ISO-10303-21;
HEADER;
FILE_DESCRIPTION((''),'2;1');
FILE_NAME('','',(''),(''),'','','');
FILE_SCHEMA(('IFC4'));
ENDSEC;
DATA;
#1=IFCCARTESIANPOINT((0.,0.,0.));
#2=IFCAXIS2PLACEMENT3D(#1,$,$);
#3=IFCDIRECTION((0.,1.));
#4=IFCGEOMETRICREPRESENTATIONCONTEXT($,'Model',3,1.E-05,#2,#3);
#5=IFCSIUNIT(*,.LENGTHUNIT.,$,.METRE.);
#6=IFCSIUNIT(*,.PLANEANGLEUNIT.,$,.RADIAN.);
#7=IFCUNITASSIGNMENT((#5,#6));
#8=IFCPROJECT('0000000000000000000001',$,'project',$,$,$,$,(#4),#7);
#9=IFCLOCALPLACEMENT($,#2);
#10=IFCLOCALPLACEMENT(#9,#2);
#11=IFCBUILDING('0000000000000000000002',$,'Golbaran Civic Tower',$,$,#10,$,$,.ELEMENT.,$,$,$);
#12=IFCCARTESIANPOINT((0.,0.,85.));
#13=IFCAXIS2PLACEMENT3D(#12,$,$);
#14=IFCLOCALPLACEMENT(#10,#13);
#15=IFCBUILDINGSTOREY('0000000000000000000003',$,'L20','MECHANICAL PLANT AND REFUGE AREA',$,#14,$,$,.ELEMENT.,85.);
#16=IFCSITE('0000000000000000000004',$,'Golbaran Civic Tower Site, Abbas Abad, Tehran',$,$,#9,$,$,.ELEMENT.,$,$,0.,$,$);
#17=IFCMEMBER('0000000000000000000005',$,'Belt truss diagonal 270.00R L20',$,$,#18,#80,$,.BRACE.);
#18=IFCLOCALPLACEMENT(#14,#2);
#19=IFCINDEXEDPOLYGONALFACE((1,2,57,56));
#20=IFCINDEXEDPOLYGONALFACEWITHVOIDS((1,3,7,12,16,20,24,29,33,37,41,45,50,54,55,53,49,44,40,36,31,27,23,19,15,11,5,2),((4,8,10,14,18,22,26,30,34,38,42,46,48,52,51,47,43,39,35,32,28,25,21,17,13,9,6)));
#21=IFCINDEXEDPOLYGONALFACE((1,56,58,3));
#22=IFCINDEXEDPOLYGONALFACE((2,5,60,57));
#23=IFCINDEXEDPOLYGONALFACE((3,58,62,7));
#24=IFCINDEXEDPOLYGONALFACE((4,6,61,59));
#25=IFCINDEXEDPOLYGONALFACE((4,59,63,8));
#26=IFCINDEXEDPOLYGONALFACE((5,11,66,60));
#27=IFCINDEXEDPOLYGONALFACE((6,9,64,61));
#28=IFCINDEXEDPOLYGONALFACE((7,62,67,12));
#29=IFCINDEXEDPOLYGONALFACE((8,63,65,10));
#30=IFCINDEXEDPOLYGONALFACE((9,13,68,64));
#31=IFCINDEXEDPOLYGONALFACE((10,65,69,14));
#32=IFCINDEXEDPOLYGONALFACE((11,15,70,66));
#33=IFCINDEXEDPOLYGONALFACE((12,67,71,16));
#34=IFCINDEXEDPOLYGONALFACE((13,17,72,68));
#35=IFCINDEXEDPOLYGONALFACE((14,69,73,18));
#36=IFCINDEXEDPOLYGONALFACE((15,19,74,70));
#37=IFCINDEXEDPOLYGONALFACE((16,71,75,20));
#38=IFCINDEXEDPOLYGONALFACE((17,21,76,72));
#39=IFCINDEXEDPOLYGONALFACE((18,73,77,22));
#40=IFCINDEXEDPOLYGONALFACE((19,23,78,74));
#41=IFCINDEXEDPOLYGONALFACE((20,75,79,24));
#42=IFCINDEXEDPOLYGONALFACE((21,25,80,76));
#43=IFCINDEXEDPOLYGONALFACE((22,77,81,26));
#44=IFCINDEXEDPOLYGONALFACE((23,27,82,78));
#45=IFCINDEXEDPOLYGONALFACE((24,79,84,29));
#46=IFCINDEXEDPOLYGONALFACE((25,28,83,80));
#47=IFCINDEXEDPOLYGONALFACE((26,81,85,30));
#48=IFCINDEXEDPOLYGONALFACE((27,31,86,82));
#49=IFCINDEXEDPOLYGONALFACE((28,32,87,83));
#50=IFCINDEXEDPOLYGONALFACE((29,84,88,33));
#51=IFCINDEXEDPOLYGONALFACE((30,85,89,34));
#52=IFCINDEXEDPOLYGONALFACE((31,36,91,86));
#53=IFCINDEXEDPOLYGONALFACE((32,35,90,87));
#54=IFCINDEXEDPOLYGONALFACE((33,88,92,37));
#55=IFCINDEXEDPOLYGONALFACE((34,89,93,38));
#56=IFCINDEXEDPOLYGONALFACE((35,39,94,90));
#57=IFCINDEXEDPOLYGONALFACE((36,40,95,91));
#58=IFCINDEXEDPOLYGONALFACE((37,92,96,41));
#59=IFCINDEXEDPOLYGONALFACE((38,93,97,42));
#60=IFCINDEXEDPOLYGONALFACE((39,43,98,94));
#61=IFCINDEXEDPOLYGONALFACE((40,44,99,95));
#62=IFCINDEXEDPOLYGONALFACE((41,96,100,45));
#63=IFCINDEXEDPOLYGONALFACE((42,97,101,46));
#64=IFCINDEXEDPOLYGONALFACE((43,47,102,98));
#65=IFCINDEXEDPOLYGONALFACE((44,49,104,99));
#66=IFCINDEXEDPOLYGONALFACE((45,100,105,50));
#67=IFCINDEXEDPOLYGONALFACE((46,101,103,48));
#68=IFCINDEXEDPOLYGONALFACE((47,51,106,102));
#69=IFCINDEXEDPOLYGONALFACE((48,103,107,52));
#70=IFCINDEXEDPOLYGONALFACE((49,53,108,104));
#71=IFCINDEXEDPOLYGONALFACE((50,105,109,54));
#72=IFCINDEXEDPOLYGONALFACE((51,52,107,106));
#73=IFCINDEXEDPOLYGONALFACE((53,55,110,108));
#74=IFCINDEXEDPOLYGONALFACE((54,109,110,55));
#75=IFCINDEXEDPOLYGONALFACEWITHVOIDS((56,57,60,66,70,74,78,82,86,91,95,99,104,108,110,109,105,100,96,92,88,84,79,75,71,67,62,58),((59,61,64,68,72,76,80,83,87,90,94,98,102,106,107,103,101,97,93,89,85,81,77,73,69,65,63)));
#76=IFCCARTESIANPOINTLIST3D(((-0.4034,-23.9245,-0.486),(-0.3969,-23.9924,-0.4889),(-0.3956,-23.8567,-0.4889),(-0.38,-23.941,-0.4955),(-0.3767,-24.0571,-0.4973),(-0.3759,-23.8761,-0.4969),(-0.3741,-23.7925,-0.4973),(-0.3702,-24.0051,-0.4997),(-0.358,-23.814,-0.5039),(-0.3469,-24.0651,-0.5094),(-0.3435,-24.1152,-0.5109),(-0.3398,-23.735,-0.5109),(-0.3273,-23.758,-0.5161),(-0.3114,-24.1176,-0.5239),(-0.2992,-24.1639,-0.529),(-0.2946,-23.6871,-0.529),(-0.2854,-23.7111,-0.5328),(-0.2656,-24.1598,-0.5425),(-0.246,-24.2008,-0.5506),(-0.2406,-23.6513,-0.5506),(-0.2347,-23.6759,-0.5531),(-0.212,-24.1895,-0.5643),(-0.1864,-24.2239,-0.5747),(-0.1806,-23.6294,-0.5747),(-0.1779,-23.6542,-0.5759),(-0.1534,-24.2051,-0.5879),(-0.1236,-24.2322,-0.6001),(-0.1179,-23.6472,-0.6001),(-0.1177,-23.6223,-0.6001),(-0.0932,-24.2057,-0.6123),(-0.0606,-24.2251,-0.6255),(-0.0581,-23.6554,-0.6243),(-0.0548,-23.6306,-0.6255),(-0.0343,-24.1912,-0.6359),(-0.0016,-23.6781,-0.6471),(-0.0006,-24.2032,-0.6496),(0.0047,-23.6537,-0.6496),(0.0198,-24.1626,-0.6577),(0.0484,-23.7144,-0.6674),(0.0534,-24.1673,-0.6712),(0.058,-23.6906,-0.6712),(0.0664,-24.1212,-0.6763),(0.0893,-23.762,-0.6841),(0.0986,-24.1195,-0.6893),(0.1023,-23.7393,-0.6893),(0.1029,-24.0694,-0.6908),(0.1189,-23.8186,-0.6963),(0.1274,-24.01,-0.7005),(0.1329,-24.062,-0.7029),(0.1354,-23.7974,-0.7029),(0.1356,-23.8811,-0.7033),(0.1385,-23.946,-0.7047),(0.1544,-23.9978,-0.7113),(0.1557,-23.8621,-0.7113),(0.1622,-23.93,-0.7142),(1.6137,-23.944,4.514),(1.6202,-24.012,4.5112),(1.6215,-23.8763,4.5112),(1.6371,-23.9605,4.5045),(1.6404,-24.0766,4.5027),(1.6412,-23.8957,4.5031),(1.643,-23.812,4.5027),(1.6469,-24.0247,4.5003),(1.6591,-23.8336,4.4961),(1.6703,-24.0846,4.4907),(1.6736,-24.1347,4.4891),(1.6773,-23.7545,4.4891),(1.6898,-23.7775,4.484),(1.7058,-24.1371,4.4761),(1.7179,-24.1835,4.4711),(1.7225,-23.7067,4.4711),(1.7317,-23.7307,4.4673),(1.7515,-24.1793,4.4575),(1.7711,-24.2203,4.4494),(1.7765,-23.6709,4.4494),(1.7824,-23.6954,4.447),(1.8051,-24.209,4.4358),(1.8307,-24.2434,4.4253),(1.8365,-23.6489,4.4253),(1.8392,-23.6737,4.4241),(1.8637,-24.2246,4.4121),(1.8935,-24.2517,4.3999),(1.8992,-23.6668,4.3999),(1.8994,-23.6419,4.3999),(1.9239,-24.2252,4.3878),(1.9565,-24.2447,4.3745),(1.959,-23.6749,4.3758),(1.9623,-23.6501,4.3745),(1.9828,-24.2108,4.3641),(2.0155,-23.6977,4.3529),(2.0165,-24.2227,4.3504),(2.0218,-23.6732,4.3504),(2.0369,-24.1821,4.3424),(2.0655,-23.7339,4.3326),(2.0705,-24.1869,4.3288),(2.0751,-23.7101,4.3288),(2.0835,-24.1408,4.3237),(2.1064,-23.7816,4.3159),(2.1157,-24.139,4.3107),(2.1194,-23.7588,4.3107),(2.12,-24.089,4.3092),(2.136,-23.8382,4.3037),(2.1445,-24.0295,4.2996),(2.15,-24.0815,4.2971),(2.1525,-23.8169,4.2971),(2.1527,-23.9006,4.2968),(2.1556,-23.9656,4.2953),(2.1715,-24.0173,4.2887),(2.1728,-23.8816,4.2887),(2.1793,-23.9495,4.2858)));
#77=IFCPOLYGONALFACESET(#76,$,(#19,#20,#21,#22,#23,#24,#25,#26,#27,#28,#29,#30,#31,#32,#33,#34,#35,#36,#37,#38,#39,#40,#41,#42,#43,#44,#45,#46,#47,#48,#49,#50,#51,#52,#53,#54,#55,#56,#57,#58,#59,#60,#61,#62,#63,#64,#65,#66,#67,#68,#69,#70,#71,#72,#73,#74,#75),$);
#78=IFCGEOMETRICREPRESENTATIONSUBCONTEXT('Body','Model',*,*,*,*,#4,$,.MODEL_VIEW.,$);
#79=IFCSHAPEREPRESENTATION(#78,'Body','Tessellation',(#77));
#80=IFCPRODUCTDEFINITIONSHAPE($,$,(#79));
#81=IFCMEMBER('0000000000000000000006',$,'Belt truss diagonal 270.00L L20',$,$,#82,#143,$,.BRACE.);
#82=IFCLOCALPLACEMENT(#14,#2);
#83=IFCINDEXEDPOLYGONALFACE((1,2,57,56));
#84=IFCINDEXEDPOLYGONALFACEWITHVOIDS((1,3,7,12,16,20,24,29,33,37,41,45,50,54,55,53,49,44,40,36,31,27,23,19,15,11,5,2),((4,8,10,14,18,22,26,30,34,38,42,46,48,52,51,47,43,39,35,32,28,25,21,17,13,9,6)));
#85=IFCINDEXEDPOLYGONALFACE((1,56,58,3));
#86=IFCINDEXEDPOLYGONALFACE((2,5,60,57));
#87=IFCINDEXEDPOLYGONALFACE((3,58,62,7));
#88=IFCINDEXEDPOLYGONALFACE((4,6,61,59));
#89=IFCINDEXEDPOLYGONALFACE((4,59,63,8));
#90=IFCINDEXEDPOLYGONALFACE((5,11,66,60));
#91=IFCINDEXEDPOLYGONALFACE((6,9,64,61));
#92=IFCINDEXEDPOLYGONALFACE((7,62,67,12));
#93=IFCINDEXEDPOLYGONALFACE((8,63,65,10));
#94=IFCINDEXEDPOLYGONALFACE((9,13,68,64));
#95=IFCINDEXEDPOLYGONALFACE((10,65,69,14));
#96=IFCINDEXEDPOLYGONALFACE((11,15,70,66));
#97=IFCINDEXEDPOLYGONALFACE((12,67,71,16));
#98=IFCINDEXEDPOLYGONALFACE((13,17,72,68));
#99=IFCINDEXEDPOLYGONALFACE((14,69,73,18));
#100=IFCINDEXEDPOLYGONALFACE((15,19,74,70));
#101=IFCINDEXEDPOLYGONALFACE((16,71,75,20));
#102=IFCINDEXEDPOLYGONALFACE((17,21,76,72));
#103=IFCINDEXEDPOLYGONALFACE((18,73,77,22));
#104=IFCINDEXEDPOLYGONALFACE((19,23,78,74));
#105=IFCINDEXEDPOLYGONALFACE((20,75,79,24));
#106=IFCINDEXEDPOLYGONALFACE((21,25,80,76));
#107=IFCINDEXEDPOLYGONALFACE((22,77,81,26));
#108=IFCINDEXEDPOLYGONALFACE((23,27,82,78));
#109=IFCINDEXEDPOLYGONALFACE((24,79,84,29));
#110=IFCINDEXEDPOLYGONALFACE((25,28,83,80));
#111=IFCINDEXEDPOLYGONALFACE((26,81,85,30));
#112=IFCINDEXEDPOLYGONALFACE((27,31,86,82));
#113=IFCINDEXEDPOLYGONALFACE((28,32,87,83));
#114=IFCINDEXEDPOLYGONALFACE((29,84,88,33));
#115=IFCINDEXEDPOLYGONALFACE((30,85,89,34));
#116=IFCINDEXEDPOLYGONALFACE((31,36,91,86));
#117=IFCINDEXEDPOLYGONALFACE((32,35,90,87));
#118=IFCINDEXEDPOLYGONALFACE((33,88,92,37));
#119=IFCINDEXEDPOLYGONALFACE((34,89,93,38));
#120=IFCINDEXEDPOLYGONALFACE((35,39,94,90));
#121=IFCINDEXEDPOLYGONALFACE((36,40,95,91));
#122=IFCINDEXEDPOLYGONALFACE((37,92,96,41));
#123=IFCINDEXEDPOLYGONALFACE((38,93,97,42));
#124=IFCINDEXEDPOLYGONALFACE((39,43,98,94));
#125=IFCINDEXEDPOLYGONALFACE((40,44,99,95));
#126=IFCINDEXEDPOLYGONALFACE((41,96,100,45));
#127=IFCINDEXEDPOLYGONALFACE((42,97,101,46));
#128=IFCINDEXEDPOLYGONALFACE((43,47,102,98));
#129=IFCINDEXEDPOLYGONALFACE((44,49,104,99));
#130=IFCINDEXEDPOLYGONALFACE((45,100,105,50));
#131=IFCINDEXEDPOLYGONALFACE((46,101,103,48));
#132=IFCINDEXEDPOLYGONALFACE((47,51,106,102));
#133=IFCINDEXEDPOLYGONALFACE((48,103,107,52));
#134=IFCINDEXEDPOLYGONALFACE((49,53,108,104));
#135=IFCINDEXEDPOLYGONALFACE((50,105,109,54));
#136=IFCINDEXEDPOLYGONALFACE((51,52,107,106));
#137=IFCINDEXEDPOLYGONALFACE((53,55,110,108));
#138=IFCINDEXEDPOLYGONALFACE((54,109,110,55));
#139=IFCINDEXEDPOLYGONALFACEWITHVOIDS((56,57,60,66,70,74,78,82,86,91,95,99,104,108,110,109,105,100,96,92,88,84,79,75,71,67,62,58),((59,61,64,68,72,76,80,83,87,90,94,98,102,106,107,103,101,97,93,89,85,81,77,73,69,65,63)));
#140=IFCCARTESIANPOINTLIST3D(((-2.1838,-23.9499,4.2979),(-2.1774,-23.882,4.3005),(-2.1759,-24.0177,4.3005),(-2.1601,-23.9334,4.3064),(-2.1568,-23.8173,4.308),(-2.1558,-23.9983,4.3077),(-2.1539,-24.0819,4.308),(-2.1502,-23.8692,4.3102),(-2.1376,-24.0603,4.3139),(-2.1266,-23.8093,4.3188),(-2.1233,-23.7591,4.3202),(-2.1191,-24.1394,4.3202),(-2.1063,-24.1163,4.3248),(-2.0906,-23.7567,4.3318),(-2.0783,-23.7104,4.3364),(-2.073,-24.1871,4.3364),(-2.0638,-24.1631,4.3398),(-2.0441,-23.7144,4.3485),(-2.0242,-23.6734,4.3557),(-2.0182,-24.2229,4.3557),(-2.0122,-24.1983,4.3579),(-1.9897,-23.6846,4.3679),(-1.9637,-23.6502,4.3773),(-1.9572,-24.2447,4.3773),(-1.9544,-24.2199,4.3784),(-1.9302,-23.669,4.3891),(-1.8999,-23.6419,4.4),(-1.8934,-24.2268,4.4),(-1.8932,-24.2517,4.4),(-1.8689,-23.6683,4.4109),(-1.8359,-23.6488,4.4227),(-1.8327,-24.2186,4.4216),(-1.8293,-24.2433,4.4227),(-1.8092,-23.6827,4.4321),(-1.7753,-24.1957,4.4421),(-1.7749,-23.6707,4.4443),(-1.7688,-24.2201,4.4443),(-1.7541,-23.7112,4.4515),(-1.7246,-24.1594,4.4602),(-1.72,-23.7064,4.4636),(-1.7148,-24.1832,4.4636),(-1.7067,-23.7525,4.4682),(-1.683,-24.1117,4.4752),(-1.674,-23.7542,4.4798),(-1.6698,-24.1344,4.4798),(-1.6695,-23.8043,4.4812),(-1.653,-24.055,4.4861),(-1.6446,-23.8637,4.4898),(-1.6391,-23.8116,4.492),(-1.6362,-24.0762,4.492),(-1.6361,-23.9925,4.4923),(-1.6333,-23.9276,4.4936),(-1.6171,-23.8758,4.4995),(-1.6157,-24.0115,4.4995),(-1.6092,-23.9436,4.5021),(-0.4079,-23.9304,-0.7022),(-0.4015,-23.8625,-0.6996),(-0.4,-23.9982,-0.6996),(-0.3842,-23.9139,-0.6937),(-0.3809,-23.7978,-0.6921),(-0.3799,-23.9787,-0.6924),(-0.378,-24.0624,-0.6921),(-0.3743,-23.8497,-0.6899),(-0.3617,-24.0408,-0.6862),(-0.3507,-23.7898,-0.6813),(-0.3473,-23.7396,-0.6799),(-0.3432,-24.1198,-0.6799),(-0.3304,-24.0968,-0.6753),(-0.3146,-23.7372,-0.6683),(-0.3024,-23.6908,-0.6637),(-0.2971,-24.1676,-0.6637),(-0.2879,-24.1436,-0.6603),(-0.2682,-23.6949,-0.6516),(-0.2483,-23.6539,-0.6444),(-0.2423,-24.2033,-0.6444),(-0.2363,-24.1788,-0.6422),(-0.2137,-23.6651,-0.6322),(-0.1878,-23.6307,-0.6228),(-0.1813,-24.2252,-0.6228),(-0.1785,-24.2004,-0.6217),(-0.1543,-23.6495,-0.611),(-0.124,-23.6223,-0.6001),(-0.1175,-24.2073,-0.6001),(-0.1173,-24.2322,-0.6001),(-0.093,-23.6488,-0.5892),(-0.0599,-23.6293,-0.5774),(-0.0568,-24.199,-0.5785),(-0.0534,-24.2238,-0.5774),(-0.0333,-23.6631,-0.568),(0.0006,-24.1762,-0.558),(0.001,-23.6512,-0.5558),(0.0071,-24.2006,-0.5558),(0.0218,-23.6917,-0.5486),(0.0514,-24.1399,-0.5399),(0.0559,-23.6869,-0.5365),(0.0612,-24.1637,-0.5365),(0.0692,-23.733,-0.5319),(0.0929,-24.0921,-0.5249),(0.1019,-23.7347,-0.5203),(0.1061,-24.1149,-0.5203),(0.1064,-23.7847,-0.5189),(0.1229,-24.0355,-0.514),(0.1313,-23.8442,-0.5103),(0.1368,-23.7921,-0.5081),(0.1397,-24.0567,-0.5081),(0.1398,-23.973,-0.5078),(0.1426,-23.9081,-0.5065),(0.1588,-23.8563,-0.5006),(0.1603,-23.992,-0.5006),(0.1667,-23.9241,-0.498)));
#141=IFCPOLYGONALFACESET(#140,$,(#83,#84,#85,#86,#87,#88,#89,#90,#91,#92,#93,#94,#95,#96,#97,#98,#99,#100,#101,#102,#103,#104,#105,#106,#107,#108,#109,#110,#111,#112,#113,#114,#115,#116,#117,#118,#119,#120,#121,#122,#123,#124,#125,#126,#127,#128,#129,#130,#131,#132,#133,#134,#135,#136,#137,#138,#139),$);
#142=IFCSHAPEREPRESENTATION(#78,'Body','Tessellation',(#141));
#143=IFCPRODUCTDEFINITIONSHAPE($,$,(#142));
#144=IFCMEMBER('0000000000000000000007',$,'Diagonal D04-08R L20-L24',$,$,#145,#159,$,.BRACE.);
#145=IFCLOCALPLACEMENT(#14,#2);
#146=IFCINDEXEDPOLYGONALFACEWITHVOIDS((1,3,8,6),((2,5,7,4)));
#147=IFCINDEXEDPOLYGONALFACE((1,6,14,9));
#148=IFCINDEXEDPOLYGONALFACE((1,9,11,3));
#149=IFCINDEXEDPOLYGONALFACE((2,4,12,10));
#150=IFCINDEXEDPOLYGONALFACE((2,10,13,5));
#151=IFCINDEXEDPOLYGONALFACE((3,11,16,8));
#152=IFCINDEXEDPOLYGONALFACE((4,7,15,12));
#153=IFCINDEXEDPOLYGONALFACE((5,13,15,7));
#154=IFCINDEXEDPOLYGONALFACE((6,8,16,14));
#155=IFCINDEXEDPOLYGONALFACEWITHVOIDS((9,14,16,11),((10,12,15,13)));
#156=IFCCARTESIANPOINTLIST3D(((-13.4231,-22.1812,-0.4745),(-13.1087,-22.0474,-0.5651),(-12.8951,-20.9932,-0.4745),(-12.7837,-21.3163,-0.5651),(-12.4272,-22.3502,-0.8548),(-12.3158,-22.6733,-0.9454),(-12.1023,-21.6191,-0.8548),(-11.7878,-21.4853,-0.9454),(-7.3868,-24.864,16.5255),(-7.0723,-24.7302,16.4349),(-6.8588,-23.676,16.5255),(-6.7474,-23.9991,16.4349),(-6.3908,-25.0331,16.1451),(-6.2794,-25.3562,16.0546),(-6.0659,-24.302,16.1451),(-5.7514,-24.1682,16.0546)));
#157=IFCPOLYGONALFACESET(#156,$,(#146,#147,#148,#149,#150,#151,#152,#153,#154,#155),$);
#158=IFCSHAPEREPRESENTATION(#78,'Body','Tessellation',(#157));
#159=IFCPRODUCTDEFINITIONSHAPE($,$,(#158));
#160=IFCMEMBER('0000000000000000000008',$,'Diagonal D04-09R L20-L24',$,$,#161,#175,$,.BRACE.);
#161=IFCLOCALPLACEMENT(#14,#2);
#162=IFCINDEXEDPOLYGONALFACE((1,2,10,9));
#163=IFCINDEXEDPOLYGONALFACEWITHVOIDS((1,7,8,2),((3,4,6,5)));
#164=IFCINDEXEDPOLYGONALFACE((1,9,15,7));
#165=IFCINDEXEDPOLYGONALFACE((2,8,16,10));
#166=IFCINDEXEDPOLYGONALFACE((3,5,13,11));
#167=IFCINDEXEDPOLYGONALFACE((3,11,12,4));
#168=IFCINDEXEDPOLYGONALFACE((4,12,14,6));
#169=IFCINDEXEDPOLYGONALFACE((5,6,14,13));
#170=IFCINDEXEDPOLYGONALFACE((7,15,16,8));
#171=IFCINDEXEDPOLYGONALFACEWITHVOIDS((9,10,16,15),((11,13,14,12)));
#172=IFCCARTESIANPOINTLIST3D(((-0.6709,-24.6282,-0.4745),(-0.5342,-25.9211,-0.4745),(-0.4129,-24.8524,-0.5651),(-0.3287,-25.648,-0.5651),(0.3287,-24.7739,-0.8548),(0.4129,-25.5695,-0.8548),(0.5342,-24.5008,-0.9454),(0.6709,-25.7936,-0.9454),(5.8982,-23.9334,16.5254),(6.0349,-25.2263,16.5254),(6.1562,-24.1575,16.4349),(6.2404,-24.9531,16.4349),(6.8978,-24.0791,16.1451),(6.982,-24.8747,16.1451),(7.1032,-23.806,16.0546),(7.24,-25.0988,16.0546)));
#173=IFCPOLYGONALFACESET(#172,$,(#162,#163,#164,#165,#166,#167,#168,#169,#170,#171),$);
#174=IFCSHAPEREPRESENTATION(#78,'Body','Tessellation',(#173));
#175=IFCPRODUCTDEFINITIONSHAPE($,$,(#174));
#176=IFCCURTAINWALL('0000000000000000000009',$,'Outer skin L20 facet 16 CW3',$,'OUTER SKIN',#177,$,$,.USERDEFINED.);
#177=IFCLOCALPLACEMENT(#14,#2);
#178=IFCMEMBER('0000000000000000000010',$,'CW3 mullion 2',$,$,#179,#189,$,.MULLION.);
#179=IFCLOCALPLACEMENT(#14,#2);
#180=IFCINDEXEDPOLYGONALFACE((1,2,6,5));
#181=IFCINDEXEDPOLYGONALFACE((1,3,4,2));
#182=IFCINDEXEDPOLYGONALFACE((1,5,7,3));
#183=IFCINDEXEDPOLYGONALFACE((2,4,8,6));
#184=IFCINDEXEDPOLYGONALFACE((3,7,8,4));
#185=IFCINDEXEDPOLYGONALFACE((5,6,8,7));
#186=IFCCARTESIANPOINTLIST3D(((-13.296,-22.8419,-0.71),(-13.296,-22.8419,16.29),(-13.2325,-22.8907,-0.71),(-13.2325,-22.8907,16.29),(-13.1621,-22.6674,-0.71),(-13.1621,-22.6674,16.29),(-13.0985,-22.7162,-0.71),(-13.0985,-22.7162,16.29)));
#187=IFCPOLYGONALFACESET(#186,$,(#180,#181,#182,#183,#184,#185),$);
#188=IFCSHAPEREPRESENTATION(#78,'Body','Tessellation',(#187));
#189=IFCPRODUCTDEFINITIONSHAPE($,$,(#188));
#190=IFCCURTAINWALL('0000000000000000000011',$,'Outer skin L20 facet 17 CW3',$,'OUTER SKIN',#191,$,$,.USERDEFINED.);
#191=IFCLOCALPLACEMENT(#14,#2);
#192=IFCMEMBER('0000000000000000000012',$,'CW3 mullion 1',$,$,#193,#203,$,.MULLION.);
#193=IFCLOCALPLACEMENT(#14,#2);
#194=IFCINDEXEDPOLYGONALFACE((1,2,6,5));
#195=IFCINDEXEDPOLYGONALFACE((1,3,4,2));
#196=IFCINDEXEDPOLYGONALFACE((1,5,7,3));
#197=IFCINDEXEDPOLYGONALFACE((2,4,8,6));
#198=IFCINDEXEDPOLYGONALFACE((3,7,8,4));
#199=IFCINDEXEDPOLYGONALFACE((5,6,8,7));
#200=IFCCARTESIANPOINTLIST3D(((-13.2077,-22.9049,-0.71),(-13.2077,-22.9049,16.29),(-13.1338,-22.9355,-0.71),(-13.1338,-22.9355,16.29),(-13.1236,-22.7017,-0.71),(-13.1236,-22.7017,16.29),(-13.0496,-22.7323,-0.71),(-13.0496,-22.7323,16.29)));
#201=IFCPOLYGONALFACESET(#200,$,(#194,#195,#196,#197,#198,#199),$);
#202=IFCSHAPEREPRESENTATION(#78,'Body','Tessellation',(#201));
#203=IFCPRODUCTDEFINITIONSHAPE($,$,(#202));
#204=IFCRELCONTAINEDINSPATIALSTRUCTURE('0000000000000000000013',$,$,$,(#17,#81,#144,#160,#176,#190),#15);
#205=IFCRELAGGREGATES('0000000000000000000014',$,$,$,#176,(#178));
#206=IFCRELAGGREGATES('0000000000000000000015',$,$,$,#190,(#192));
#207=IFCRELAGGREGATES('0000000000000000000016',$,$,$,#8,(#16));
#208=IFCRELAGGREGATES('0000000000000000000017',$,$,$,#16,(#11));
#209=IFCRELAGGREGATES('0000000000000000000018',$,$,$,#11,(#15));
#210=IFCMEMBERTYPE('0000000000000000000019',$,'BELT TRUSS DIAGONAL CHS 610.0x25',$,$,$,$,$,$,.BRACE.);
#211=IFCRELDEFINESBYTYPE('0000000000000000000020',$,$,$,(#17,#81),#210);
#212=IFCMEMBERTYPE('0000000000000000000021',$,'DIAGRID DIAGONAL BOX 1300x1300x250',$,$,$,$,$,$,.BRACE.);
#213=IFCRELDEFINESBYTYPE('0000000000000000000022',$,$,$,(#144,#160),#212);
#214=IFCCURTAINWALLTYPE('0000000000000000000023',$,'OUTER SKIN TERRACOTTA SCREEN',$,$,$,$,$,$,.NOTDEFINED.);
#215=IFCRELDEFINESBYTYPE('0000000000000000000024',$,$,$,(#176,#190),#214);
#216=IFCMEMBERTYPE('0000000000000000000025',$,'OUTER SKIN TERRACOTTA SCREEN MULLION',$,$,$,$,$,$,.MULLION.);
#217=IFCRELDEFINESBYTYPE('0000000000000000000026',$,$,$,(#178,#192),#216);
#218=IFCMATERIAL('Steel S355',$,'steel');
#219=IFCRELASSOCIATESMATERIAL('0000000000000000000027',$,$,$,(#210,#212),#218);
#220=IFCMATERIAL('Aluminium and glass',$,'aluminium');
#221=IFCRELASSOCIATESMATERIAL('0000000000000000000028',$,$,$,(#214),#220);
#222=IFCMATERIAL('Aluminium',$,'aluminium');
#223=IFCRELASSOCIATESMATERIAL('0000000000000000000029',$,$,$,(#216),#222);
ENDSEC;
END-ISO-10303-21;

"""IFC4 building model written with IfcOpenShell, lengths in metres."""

from ifc_helpers import new_model, si_unit, direction, frame, origin, origin_2d, place, context, subcontext, project, spatial, rectangle, hollow_rectangle, hollow_circle, extrude, material, material_profile, profile_set, type_object, element, aggregate, save


model = new_model("IFC4")

# Units and contexts
model_context = context("Model", 3, precision=1e-05, world=origin(), true_north=direction((0.0, 1.0)))
body_context = subcontext(model_context, "Body", "Model", "MODEL_VIEW")
ifc_project = project(units=[si_unit("LENGTHUNIT", "METRE"), si_unit("PLANEANGLEUNIT", "RADIAN")], contexts=[model_context])

# Site, building, storey
site_placement = place(None, origin())
site = spatial("IfcSite", under=ifc_project, at=site_placement, Name="Golbaran Civic Tower Site, Abbas Abad, Tehran", CompositionType="ELEMENT", RefElevation=0.0)
building_placement = place(site_placement, origin())
building = spatial("IfcBuilding", under=site, at=building_placement, Name="Golbaran Civic Tower", CompositionType="ELEMENT")
storey_placement = place(building_placement, frame((0.0, 0.0, 85.0)))
storey = spatial("IfcBuildingStorey", under=building, at=storey_placement, Name="L20", Description="MECHANICAL PLANT AND REFUGE AREA", CompositionType="ELEMENT", Elevation=85.0)

# Members
ifc_material_1 = material(Name="Steel S355", Category="steel")
ifc_material_profile_1 = material_profile(ifc_material_1, hollow_circle(Radius=0.3049, WallThickness=0.0249, at=origin_2d()), Name="CHS 610.0x25")
ifc_profile_set_1 = profile_set([ifc_material_profile_1], Name="Steel S355")
member_type_1 = type_object("IfcMemberType", Name="BELT TRUSS DIAGONAL CHS 610.0x25", PredefinedType="BRACE", material=ifc_profile_set_1)
member_1_placement = place(storey_placement, frame((-0.1206, -23.9272, -0.6001), z_axis=(0.374119, -0.003623, 0.927374), x_axis=(0.009682, 0.999953, 0.0)))
element("IfcMember", 1, at=member_1_placement, inside=storey, type_object=member_type_1, Name="Belt truss diagonal 270.00R L20", PredefinedType="BRACE", context=body_context, shape_type="SweptSolid", body=[
    extrude(hollow_circle(Radius=0.3049, WallThickness=0.0249, at=origin_2d()), origin(), (0.0, 0.0, 1.0), 5.3916),
])
member_2_placement = place(storey_placement, frame((-0.1206, -23.9272, -0.6001), z_axis=(-0.33469, -0.003681, 0.942321), x_axis=(0.010997, -0.99994, 0.0)))
element("IfcMember", 2, at=member_2_placement, inside=storey, type_object=member_type_1, Name="Belt truss diagonal 270.00L L20", PredefinedType="BRACE", context=body_context, shape_type="SweptSolid", body=[
    extrude(hollow_circle(Radius=0.3049, WallThickness=0.0249, at=origin_2d()), origin(), (0.0, 0.0, 1.0), 5.3062),
])
ifc_material_profile_2 = material_profile(ifc_material_1, hollow_rectangle(XDim=1.3, YDim=1.3, WallThickness=0.25, at=origin_2d()), Name="BOX 1300x1300x250")
ifc_profile_set_2 = profile_set([ifc_material_profile_2], Name="Steel S355")
member_type_2 = type_object("IfcMemberType", Name="DIAGRID DIAGONAL BOX 1300x1300x250", PredefinedType="BRACE", material=ifc_profile_set_2)
for number, where, z_axis, x_axis, name in (
    (3, (-12.6055, -21.8333, -0.71), (0.330973, -0.1471, 0.932104), (0.406142, 0.91381, 0.0), "Diagonal D04-08R L20-L24"),
    (4, (0.0, -25.2109, -0.71), (0.360181, 0.038097, 0.932104), (-0.105185, 0.994453, 0.0), "Diagonal D04-09R L20-L24"),
):
    element("IfcMember", number, at=place(storey_placement, frame(where, z_axis=z_axis, x_axis=x_axis)), inside=storey, type_object=member_type_2, Name=name, PredefinedType="BRACE", context=body_context, shape_type="SweptSolid", body=[
        extrude(hollow_rectangle(XDim=1.3, YDim=1.3, WallThickness=0.25, at=origin_2d()), origin(), (0.0, 0.0, 1.0), 18.2383),
    ])

# Curtain wall, member
ifc_material_2 = material(Name="Aluminium and glass", Category="aluminium")
curtain_wall_type_1 = type_object("IfcCurtainWallType", Name="OUTER SKIN TERRACOTTA SCREEN", PredefinedType="NOTDEFINED", material=ifc_material_2)
curtain_wall_1_placement = place(storey_placement, origin())
curtain_wall_1 = element("IfcCurtainWall", 5, at=curtain_wall_1_placement, inside=storey, type_object=curtain_wall_type_1, Name="Outer skin L20 facet 16 CW3", ObjectType="OUTER SKIN", PredefinedType="USERDEFINED")
ifc_material_3 = material(Name="Aluminium", Category="aluminium")
ifc_material_profile_3 = material_profile(ifc_material_3, rectangle(XDim=0.22, YDim=0.0801, at=origin_2d()), Name="OUTER SKIN TERRACOTTA SCREEN MULLION")
ifc_profile_set_3 = profile_set([ifc_material_profile_3], Name="Aluminium")
member_type_3 = type_object("IfcMemberType", Name="OUTER SKIN TERRACOTTA SCREEN MULLION", PredefinedType="MULLION", material=ifc_profile_set_3)
member_3_placement = place(storey_placement, frame((-13.1973, -22.7791, -0.71), z_axis=(0.0, 0.0, 1.0), x_axis=(0.608761, 0.793353, 0.0)))
member_3 = element("IfcMember", 6, at=member_3_placement, type_object=member_type_3, Name="CW3 mullion 2", PredefinedType="MULLION", context=body_context, shape_type="SweptSolid", body=[
    extrude(rectangle(XDim=0.22, YDim=0.0801, at=origin_2d()), origin(), (0.0, 0.0, 1.0), 17.0),
])

# Curtain wall, member
curtain_wall_2_placement = place(storey_placement, origin())
curtain_wall_2 = element("IfcCurtainWall", 7, at=curtain_wall_2_placement, inside=storey, type_object=curtain_wall_type_1, Name="Outer skin L20 facet 17 CW3", ObjectType="OUTER SKIN", PredefinedType="USERDEFINED")
member_4_placement = place(storey_placement, frame((-13.1287, -22.8186, -0.71), z_axis=(0.0, 0.0, 1.0), x_axis=(0.382683, 0.92388, 0.0)))
member_4 = element("IfcMember", 8, at=member_4_placement, type_object=member_type_3, Name="CW3 mullion 1", PredefinedType="MULLION", context=body_context, shape_type="SweptSolid", body=[
    extrude(rectangle(XDim=0.22, YDim=0.0801, at=origin_2d()), origin(), (0.0, 0.0, 1.0), 17.0),
])

aggregate(curtain_wall_1, [member_3])
aggregate(curtain_wall_2, [member_4])

save(model, "model.ifc")
